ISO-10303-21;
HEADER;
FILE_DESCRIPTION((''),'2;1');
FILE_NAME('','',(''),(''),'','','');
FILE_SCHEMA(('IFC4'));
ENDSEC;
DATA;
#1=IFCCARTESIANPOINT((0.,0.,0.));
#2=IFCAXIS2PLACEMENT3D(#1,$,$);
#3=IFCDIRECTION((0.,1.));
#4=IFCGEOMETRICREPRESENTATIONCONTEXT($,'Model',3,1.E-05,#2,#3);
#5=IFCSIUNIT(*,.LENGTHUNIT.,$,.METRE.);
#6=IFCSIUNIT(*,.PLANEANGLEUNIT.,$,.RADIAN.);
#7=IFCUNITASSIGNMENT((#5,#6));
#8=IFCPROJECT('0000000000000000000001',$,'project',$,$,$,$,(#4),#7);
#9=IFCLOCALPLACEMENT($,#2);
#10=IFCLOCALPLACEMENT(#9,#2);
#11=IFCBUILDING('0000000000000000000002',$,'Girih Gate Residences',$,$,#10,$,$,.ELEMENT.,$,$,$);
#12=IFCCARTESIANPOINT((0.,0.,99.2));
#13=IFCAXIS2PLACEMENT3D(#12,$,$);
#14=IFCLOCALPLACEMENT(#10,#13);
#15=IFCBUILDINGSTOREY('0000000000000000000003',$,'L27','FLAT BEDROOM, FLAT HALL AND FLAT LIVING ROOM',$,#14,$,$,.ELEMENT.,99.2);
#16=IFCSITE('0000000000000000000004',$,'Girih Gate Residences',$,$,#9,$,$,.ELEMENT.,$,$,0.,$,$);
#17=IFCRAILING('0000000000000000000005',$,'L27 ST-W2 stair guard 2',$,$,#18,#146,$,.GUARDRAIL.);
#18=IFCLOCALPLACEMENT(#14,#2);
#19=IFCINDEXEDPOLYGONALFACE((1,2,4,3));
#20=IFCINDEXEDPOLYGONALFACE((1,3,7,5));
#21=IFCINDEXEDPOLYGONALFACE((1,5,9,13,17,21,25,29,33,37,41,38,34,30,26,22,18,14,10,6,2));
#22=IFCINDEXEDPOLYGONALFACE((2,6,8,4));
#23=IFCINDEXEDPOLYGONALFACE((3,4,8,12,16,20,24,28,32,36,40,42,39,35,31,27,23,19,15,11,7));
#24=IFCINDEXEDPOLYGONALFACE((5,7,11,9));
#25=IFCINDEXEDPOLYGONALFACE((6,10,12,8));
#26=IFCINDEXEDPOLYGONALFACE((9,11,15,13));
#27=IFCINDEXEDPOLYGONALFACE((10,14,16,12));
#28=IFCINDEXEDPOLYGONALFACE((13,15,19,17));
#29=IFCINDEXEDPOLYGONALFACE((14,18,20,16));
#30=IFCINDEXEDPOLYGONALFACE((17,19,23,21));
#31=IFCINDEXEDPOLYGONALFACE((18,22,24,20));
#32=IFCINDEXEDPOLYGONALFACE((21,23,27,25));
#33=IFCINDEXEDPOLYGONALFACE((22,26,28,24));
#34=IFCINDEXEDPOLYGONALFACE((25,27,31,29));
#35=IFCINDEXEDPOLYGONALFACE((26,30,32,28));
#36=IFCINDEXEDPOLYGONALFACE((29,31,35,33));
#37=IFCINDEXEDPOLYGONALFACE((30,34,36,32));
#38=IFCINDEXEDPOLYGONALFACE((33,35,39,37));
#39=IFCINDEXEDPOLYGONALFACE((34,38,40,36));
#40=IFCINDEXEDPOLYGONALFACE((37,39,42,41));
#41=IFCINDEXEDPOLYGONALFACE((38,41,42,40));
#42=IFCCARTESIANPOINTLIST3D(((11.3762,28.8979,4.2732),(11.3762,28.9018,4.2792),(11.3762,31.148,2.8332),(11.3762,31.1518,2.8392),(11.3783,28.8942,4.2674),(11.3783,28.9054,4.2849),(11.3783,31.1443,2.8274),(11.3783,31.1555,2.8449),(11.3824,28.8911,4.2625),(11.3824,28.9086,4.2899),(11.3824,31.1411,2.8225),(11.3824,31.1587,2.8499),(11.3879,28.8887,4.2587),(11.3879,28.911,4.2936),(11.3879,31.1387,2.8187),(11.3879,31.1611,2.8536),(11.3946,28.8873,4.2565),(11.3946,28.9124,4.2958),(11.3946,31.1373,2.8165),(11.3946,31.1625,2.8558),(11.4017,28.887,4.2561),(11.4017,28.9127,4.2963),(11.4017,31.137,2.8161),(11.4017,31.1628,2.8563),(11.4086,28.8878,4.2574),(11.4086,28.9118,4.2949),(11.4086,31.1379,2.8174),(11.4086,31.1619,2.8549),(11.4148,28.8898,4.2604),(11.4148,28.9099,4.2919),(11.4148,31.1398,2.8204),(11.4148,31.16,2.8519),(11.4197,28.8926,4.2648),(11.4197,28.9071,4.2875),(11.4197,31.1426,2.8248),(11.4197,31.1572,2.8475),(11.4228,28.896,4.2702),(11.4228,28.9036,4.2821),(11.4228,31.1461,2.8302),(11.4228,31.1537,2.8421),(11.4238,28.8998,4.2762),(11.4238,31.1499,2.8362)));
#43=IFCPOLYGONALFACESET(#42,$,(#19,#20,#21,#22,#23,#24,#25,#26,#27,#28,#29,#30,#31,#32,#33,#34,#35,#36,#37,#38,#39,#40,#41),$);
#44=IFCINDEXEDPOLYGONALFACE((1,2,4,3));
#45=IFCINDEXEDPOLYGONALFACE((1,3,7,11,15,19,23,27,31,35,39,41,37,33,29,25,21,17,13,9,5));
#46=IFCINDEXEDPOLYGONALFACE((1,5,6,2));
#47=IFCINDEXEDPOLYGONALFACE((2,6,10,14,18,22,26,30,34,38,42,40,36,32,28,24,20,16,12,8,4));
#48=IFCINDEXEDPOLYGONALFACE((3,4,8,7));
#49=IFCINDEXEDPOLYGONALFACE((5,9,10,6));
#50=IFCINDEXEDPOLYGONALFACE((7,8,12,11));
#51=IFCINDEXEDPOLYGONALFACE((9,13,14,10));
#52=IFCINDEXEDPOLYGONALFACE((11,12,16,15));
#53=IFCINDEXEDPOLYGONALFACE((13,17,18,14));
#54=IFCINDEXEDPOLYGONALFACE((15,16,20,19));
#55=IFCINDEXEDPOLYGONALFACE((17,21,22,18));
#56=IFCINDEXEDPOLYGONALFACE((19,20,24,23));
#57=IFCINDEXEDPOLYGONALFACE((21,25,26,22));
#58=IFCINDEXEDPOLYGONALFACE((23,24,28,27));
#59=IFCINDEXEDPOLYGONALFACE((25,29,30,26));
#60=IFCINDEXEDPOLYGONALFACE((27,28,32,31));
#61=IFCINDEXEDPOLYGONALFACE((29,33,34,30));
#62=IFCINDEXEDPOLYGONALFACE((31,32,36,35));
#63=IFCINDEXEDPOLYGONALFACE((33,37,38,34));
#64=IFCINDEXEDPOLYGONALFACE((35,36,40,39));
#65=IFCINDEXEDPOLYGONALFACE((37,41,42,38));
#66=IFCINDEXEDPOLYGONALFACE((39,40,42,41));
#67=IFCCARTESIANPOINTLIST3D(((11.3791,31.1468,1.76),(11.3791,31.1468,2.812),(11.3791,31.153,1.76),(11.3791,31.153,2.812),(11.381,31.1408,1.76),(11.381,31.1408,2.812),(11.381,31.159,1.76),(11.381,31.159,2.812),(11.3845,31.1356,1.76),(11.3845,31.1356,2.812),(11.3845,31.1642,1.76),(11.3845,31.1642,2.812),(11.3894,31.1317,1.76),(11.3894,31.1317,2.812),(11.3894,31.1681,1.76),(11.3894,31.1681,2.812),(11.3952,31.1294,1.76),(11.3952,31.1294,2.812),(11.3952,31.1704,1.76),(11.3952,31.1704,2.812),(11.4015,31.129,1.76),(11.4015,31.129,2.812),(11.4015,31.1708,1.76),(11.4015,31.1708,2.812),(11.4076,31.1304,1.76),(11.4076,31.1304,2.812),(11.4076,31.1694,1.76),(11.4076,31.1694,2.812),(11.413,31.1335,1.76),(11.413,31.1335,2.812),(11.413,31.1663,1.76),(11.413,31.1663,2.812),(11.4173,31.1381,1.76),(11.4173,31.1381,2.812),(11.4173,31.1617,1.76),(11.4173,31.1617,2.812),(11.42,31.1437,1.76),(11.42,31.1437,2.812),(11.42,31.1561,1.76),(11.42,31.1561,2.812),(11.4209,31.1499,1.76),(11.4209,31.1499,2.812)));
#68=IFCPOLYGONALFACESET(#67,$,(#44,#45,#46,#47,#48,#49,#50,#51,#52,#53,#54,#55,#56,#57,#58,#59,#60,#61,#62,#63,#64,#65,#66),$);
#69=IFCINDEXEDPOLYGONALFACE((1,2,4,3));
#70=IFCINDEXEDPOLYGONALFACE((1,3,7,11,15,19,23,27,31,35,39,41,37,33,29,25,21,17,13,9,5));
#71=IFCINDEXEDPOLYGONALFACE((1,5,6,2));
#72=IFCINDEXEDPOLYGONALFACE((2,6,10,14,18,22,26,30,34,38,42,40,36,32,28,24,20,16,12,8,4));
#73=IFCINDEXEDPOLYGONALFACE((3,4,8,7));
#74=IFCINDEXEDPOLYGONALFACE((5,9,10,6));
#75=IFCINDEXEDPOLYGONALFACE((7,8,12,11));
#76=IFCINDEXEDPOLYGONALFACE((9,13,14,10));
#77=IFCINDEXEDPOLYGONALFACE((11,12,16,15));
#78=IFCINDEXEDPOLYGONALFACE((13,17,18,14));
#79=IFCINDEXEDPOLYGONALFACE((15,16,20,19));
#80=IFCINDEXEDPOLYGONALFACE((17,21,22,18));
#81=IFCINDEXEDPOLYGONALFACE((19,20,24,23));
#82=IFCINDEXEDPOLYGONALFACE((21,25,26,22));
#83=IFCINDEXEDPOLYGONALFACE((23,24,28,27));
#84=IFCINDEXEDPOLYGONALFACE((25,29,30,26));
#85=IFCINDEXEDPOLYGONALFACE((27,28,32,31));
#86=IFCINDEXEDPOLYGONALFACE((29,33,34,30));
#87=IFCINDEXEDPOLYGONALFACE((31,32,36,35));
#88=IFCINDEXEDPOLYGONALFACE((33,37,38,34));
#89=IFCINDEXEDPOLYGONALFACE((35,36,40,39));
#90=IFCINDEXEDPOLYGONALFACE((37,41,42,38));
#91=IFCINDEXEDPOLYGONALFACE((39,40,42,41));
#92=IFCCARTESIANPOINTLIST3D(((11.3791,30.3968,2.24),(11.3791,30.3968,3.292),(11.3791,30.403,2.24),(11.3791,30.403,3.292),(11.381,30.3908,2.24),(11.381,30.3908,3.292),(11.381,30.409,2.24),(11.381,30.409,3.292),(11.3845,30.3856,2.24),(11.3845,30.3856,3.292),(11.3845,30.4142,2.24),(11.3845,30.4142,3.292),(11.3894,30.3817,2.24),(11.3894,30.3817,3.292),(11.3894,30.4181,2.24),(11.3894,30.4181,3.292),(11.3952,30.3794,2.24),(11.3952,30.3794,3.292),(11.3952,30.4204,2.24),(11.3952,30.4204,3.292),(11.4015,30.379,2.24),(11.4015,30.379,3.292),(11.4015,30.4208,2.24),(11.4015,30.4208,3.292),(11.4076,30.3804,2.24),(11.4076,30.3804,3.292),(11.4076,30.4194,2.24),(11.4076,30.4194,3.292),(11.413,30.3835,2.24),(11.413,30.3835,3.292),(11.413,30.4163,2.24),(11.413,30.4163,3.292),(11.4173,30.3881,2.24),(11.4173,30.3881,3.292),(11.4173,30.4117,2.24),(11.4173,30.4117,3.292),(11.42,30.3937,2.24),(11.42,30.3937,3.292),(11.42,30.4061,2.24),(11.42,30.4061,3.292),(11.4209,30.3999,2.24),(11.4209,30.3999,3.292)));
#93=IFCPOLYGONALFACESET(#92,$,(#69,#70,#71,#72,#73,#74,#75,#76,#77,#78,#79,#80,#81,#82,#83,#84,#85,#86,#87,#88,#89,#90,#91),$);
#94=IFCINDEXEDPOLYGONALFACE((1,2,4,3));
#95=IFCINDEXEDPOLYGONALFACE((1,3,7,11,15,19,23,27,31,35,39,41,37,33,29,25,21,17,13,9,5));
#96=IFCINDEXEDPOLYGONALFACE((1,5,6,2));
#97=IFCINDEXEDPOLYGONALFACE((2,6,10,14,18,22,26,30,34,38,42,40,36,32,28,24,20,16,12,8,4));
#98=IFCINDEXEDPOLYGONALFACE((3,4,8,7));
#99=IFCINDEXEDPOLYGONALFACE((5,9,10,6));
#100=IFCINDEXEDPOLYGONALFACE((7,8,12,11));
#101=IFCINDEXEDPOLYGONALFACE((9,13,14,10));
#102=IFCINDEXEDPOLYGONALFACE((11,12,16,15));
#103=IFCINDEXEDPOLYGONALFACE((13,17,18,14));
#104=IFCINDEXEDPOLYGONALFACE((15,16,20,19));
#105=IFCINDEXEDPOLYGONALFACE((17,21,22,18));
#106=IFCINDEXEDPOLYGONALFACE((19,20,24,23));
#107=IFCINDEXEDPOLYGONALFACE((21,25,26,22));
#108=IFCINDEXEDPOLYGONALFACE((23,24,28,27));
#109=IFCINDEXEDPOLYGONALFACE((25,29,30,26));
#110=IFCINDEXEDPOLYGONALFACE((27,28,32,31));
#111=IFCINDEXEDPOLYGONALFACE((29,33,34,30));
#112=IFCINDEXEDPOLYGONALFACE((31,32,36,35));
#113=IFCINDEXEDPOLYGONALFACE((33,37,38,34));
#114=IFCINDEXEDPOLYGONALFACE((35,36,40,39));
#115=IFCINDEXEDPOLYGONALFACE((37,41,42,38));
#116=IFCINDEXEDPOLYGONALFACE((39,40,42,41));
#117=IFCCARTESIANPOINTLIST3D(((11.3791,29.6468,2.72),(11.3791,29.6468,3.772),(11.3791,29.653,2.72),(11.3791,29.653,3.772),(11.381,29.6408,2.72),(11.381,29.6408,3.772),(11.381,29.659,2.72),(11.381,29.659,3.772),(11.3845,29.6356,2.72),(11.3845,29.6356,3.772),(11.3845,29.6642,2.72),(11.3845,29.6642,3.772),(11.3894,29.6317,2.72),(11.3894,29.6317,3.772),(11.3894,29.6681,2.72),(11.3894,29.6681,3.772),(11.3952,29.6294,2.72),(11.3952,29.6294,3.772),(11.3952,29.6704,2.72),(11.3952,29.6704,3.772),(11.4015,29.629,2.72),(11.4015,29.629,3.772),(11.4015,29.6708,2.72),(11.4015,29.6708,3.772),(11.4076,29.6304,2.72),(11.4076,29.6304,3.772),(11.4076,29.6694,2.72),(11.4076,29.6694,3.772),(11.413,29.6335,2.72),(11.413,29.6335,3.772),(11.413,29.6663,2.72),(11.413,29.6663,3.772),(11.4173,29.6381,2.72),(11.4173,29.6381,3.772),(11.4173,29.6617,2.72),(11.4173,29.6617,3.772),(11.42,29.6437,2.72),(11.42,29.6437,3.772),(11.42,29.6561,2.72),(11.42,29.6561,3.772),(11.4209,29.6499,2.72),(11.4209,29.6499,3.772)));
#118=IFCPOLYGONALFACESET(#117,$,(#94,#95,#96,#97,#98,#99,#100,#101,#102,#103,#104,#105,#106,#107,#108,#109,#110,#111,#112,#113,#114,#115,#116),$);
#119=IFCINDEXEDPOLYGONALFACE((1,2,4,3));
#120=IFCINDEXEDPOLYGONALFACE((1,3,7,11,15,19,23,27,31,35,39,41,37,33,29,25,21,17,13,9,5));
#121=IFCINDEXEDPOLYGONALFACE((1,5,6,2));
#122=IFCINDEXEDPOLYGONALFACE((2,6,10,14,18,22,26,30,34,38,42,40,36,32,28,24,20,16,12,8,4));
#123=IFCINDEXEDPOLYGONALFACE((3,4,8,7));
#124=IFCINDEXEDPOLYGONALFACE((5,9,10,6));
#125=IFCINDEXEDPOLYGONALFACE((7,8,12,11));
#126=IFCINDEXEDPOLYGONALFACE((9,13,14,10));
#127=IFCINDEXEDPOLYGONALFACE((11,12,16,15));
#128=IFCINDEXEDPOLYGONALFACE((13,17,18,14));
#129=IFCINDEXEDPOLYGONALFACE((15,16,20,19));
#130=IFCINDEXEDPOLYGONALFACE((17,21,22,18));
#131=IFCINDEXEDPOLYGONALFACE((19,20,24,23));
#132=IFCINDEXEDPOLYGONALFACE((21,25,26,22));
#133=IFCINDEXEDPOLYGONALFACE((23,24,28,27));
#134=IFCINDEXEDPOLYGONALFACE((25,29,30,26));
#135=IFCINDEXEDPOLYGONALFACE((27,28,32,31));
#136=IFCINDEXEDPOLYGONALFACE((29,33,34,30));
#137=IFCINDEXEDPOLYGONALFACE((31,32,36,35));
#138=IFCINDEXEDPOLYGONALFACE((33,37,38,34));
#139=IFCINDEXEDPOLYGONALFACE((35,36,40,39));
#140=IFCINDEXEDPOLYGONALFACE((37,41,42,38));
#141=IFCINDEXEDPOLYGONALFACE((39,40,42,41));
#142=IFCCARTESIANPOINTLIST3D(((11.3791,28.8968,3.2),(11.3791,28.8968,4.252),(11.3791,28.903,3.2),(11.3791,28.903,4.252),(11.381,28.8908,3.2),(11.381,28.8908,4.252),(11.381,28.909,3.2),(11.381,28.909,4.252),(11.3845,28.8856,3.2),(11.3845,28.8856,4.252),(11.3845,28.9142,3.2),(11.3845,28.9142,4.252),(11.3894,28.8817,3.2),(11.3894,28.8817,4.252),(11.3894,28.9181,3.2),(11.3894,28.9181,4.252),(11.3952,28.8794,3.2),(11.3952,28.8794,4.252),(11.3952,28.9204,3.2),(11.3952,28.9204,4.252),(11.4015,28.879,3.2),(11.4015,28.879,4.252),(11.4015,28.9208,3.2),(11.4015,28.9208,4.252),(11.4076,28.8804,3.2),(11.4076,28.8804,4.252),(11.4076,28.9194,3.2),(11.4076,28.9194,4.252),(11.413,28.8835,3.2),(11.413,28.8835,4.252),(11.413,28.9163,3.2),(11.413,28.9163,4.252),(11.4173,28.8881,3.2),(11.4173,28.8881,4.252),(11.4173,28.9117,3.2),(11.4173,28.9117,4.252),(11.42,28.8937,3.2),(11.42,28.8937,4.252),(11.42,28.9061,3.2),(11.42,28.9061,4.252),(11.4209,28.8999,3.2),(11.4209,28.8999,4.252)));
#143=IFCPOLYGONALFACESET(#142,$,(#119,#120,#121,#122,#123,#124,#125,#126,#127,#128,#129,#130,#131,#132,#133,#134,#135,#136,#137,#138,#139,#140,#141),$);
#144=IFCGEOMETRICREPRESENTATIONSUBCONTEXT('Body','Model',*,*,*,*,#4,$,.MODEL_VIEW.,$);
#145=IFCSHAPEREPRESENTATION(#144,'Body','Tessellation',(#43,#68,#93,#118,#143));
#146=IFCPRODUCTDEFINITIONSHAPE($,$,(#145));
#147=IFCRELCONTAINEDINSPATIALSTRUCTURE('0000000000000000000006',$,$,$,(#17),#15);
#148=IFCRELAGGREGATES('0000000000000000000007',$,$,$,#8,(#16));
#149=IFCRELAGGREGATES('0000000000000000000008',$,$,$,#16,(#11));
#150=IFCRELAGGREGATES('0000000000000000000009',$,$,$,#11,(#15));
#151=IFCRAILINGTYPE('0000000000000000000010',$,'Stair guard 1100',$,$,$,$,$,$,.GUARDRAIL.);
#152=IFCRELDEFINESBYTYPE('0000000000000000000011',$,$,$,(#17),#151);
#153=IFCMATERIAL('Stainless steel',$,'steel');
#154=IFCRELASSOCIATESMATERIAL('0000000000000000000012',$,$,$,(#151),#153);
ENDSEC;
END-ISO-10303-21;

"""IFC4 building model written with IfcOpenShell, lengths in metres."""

from ifc_helpers import new_model, si_unit, direction, frame, origin, origin_2d, place, context, subcontext, project, spatial, circle, extrude, material, type_object, element, save


model = new_model("IFC4")

# Units and contexts
model_context = context("Model", 3, precision=1e-05, world=origin(), true_north=direction((0.0, 1.0)))
body_context = subcontext(model_context, "Body", "Model", "MODEL_VIEW")
ifc_project = project(units=[si_unit("LENGTHUNIT", "METRE"), si_unit("PLANEANGLEUNIT", "RADIAN")], contexts=[model_context])

# Site, building, storey
site_placement = place(None, origin())
site = spatial("IfcSite", under=ifc_project, at=site_placement, Name="Girih Gate Residences", CompositionType="ELEMENT", RefElevation=0.0)
building_placement = place(site_placement, origin())
building = spatial("IfcBuilding", under=site, at=building_placement, Name="Girih Gate Residences", CompositionType="ELEMENT")
storey_placement = place(building_placement, frame((0.0, 0.0, 99.2)))
storey = spatial("IfcBuildingStorey", under=building, at=storey_placement, Name="L27", Description="FLAT BEDROOM, FLAT HALL AND FLAT LIVING ROOM", CompositionType="ELEMENT", Elevation=99.2)

# Railing
ifc_material_1 = material(Name="Stainless steel", Category="steel")
railing_type_1 = type_object("IfcRailingType", Name="Stair guard 1100", PredefinedType="GUARDRAIL", material=ifc_material_1)
railing_1_placement = place(storey_placement, frame((11.3999, 31.1499, 1.76)))
element("IfcRailing", 1, at=railing_1_placement, inside=storey, type_object=railing_type_1, Name="L27 ST-W2 stair guard 2", PredefinedType="GUARDRAIL", context=body_context, shape_type="SweptSolid", body=[
    extrude(circle(Radius=0.0239, at=origin_2d()), frame((0.0, 0.0, 1.0762), z_axis=(0.0, -0.842281, 0.539038), x_axis=(1.0, 0.0, 0.0)), (0.0, 0.0, 1.0), 2.6714),
    extrude(circle(Radius=0.021, at=origin_2d()), origin(), (0.0, 0.0, 1.0), 1.052),
    extrude(circle(Radius=0.021, at=origin_2d()), frame((0.0, -0.75, 0.48)), (0.0, 0.0, 1.0), 1.052),
    extrude(circle(Radius=0.021, at=origin_2d()), frame((0.0, -1.5, 0.96)), (0.0, 0.0, 1.0), 1.052),
    extrude(circle(Radius=0.021, at=origin_2d()), frame((0.0, -2.25, 1.4399)), (0.0, 0.0, 1.0), 1.052),
])

save(model, "model.ifc")
